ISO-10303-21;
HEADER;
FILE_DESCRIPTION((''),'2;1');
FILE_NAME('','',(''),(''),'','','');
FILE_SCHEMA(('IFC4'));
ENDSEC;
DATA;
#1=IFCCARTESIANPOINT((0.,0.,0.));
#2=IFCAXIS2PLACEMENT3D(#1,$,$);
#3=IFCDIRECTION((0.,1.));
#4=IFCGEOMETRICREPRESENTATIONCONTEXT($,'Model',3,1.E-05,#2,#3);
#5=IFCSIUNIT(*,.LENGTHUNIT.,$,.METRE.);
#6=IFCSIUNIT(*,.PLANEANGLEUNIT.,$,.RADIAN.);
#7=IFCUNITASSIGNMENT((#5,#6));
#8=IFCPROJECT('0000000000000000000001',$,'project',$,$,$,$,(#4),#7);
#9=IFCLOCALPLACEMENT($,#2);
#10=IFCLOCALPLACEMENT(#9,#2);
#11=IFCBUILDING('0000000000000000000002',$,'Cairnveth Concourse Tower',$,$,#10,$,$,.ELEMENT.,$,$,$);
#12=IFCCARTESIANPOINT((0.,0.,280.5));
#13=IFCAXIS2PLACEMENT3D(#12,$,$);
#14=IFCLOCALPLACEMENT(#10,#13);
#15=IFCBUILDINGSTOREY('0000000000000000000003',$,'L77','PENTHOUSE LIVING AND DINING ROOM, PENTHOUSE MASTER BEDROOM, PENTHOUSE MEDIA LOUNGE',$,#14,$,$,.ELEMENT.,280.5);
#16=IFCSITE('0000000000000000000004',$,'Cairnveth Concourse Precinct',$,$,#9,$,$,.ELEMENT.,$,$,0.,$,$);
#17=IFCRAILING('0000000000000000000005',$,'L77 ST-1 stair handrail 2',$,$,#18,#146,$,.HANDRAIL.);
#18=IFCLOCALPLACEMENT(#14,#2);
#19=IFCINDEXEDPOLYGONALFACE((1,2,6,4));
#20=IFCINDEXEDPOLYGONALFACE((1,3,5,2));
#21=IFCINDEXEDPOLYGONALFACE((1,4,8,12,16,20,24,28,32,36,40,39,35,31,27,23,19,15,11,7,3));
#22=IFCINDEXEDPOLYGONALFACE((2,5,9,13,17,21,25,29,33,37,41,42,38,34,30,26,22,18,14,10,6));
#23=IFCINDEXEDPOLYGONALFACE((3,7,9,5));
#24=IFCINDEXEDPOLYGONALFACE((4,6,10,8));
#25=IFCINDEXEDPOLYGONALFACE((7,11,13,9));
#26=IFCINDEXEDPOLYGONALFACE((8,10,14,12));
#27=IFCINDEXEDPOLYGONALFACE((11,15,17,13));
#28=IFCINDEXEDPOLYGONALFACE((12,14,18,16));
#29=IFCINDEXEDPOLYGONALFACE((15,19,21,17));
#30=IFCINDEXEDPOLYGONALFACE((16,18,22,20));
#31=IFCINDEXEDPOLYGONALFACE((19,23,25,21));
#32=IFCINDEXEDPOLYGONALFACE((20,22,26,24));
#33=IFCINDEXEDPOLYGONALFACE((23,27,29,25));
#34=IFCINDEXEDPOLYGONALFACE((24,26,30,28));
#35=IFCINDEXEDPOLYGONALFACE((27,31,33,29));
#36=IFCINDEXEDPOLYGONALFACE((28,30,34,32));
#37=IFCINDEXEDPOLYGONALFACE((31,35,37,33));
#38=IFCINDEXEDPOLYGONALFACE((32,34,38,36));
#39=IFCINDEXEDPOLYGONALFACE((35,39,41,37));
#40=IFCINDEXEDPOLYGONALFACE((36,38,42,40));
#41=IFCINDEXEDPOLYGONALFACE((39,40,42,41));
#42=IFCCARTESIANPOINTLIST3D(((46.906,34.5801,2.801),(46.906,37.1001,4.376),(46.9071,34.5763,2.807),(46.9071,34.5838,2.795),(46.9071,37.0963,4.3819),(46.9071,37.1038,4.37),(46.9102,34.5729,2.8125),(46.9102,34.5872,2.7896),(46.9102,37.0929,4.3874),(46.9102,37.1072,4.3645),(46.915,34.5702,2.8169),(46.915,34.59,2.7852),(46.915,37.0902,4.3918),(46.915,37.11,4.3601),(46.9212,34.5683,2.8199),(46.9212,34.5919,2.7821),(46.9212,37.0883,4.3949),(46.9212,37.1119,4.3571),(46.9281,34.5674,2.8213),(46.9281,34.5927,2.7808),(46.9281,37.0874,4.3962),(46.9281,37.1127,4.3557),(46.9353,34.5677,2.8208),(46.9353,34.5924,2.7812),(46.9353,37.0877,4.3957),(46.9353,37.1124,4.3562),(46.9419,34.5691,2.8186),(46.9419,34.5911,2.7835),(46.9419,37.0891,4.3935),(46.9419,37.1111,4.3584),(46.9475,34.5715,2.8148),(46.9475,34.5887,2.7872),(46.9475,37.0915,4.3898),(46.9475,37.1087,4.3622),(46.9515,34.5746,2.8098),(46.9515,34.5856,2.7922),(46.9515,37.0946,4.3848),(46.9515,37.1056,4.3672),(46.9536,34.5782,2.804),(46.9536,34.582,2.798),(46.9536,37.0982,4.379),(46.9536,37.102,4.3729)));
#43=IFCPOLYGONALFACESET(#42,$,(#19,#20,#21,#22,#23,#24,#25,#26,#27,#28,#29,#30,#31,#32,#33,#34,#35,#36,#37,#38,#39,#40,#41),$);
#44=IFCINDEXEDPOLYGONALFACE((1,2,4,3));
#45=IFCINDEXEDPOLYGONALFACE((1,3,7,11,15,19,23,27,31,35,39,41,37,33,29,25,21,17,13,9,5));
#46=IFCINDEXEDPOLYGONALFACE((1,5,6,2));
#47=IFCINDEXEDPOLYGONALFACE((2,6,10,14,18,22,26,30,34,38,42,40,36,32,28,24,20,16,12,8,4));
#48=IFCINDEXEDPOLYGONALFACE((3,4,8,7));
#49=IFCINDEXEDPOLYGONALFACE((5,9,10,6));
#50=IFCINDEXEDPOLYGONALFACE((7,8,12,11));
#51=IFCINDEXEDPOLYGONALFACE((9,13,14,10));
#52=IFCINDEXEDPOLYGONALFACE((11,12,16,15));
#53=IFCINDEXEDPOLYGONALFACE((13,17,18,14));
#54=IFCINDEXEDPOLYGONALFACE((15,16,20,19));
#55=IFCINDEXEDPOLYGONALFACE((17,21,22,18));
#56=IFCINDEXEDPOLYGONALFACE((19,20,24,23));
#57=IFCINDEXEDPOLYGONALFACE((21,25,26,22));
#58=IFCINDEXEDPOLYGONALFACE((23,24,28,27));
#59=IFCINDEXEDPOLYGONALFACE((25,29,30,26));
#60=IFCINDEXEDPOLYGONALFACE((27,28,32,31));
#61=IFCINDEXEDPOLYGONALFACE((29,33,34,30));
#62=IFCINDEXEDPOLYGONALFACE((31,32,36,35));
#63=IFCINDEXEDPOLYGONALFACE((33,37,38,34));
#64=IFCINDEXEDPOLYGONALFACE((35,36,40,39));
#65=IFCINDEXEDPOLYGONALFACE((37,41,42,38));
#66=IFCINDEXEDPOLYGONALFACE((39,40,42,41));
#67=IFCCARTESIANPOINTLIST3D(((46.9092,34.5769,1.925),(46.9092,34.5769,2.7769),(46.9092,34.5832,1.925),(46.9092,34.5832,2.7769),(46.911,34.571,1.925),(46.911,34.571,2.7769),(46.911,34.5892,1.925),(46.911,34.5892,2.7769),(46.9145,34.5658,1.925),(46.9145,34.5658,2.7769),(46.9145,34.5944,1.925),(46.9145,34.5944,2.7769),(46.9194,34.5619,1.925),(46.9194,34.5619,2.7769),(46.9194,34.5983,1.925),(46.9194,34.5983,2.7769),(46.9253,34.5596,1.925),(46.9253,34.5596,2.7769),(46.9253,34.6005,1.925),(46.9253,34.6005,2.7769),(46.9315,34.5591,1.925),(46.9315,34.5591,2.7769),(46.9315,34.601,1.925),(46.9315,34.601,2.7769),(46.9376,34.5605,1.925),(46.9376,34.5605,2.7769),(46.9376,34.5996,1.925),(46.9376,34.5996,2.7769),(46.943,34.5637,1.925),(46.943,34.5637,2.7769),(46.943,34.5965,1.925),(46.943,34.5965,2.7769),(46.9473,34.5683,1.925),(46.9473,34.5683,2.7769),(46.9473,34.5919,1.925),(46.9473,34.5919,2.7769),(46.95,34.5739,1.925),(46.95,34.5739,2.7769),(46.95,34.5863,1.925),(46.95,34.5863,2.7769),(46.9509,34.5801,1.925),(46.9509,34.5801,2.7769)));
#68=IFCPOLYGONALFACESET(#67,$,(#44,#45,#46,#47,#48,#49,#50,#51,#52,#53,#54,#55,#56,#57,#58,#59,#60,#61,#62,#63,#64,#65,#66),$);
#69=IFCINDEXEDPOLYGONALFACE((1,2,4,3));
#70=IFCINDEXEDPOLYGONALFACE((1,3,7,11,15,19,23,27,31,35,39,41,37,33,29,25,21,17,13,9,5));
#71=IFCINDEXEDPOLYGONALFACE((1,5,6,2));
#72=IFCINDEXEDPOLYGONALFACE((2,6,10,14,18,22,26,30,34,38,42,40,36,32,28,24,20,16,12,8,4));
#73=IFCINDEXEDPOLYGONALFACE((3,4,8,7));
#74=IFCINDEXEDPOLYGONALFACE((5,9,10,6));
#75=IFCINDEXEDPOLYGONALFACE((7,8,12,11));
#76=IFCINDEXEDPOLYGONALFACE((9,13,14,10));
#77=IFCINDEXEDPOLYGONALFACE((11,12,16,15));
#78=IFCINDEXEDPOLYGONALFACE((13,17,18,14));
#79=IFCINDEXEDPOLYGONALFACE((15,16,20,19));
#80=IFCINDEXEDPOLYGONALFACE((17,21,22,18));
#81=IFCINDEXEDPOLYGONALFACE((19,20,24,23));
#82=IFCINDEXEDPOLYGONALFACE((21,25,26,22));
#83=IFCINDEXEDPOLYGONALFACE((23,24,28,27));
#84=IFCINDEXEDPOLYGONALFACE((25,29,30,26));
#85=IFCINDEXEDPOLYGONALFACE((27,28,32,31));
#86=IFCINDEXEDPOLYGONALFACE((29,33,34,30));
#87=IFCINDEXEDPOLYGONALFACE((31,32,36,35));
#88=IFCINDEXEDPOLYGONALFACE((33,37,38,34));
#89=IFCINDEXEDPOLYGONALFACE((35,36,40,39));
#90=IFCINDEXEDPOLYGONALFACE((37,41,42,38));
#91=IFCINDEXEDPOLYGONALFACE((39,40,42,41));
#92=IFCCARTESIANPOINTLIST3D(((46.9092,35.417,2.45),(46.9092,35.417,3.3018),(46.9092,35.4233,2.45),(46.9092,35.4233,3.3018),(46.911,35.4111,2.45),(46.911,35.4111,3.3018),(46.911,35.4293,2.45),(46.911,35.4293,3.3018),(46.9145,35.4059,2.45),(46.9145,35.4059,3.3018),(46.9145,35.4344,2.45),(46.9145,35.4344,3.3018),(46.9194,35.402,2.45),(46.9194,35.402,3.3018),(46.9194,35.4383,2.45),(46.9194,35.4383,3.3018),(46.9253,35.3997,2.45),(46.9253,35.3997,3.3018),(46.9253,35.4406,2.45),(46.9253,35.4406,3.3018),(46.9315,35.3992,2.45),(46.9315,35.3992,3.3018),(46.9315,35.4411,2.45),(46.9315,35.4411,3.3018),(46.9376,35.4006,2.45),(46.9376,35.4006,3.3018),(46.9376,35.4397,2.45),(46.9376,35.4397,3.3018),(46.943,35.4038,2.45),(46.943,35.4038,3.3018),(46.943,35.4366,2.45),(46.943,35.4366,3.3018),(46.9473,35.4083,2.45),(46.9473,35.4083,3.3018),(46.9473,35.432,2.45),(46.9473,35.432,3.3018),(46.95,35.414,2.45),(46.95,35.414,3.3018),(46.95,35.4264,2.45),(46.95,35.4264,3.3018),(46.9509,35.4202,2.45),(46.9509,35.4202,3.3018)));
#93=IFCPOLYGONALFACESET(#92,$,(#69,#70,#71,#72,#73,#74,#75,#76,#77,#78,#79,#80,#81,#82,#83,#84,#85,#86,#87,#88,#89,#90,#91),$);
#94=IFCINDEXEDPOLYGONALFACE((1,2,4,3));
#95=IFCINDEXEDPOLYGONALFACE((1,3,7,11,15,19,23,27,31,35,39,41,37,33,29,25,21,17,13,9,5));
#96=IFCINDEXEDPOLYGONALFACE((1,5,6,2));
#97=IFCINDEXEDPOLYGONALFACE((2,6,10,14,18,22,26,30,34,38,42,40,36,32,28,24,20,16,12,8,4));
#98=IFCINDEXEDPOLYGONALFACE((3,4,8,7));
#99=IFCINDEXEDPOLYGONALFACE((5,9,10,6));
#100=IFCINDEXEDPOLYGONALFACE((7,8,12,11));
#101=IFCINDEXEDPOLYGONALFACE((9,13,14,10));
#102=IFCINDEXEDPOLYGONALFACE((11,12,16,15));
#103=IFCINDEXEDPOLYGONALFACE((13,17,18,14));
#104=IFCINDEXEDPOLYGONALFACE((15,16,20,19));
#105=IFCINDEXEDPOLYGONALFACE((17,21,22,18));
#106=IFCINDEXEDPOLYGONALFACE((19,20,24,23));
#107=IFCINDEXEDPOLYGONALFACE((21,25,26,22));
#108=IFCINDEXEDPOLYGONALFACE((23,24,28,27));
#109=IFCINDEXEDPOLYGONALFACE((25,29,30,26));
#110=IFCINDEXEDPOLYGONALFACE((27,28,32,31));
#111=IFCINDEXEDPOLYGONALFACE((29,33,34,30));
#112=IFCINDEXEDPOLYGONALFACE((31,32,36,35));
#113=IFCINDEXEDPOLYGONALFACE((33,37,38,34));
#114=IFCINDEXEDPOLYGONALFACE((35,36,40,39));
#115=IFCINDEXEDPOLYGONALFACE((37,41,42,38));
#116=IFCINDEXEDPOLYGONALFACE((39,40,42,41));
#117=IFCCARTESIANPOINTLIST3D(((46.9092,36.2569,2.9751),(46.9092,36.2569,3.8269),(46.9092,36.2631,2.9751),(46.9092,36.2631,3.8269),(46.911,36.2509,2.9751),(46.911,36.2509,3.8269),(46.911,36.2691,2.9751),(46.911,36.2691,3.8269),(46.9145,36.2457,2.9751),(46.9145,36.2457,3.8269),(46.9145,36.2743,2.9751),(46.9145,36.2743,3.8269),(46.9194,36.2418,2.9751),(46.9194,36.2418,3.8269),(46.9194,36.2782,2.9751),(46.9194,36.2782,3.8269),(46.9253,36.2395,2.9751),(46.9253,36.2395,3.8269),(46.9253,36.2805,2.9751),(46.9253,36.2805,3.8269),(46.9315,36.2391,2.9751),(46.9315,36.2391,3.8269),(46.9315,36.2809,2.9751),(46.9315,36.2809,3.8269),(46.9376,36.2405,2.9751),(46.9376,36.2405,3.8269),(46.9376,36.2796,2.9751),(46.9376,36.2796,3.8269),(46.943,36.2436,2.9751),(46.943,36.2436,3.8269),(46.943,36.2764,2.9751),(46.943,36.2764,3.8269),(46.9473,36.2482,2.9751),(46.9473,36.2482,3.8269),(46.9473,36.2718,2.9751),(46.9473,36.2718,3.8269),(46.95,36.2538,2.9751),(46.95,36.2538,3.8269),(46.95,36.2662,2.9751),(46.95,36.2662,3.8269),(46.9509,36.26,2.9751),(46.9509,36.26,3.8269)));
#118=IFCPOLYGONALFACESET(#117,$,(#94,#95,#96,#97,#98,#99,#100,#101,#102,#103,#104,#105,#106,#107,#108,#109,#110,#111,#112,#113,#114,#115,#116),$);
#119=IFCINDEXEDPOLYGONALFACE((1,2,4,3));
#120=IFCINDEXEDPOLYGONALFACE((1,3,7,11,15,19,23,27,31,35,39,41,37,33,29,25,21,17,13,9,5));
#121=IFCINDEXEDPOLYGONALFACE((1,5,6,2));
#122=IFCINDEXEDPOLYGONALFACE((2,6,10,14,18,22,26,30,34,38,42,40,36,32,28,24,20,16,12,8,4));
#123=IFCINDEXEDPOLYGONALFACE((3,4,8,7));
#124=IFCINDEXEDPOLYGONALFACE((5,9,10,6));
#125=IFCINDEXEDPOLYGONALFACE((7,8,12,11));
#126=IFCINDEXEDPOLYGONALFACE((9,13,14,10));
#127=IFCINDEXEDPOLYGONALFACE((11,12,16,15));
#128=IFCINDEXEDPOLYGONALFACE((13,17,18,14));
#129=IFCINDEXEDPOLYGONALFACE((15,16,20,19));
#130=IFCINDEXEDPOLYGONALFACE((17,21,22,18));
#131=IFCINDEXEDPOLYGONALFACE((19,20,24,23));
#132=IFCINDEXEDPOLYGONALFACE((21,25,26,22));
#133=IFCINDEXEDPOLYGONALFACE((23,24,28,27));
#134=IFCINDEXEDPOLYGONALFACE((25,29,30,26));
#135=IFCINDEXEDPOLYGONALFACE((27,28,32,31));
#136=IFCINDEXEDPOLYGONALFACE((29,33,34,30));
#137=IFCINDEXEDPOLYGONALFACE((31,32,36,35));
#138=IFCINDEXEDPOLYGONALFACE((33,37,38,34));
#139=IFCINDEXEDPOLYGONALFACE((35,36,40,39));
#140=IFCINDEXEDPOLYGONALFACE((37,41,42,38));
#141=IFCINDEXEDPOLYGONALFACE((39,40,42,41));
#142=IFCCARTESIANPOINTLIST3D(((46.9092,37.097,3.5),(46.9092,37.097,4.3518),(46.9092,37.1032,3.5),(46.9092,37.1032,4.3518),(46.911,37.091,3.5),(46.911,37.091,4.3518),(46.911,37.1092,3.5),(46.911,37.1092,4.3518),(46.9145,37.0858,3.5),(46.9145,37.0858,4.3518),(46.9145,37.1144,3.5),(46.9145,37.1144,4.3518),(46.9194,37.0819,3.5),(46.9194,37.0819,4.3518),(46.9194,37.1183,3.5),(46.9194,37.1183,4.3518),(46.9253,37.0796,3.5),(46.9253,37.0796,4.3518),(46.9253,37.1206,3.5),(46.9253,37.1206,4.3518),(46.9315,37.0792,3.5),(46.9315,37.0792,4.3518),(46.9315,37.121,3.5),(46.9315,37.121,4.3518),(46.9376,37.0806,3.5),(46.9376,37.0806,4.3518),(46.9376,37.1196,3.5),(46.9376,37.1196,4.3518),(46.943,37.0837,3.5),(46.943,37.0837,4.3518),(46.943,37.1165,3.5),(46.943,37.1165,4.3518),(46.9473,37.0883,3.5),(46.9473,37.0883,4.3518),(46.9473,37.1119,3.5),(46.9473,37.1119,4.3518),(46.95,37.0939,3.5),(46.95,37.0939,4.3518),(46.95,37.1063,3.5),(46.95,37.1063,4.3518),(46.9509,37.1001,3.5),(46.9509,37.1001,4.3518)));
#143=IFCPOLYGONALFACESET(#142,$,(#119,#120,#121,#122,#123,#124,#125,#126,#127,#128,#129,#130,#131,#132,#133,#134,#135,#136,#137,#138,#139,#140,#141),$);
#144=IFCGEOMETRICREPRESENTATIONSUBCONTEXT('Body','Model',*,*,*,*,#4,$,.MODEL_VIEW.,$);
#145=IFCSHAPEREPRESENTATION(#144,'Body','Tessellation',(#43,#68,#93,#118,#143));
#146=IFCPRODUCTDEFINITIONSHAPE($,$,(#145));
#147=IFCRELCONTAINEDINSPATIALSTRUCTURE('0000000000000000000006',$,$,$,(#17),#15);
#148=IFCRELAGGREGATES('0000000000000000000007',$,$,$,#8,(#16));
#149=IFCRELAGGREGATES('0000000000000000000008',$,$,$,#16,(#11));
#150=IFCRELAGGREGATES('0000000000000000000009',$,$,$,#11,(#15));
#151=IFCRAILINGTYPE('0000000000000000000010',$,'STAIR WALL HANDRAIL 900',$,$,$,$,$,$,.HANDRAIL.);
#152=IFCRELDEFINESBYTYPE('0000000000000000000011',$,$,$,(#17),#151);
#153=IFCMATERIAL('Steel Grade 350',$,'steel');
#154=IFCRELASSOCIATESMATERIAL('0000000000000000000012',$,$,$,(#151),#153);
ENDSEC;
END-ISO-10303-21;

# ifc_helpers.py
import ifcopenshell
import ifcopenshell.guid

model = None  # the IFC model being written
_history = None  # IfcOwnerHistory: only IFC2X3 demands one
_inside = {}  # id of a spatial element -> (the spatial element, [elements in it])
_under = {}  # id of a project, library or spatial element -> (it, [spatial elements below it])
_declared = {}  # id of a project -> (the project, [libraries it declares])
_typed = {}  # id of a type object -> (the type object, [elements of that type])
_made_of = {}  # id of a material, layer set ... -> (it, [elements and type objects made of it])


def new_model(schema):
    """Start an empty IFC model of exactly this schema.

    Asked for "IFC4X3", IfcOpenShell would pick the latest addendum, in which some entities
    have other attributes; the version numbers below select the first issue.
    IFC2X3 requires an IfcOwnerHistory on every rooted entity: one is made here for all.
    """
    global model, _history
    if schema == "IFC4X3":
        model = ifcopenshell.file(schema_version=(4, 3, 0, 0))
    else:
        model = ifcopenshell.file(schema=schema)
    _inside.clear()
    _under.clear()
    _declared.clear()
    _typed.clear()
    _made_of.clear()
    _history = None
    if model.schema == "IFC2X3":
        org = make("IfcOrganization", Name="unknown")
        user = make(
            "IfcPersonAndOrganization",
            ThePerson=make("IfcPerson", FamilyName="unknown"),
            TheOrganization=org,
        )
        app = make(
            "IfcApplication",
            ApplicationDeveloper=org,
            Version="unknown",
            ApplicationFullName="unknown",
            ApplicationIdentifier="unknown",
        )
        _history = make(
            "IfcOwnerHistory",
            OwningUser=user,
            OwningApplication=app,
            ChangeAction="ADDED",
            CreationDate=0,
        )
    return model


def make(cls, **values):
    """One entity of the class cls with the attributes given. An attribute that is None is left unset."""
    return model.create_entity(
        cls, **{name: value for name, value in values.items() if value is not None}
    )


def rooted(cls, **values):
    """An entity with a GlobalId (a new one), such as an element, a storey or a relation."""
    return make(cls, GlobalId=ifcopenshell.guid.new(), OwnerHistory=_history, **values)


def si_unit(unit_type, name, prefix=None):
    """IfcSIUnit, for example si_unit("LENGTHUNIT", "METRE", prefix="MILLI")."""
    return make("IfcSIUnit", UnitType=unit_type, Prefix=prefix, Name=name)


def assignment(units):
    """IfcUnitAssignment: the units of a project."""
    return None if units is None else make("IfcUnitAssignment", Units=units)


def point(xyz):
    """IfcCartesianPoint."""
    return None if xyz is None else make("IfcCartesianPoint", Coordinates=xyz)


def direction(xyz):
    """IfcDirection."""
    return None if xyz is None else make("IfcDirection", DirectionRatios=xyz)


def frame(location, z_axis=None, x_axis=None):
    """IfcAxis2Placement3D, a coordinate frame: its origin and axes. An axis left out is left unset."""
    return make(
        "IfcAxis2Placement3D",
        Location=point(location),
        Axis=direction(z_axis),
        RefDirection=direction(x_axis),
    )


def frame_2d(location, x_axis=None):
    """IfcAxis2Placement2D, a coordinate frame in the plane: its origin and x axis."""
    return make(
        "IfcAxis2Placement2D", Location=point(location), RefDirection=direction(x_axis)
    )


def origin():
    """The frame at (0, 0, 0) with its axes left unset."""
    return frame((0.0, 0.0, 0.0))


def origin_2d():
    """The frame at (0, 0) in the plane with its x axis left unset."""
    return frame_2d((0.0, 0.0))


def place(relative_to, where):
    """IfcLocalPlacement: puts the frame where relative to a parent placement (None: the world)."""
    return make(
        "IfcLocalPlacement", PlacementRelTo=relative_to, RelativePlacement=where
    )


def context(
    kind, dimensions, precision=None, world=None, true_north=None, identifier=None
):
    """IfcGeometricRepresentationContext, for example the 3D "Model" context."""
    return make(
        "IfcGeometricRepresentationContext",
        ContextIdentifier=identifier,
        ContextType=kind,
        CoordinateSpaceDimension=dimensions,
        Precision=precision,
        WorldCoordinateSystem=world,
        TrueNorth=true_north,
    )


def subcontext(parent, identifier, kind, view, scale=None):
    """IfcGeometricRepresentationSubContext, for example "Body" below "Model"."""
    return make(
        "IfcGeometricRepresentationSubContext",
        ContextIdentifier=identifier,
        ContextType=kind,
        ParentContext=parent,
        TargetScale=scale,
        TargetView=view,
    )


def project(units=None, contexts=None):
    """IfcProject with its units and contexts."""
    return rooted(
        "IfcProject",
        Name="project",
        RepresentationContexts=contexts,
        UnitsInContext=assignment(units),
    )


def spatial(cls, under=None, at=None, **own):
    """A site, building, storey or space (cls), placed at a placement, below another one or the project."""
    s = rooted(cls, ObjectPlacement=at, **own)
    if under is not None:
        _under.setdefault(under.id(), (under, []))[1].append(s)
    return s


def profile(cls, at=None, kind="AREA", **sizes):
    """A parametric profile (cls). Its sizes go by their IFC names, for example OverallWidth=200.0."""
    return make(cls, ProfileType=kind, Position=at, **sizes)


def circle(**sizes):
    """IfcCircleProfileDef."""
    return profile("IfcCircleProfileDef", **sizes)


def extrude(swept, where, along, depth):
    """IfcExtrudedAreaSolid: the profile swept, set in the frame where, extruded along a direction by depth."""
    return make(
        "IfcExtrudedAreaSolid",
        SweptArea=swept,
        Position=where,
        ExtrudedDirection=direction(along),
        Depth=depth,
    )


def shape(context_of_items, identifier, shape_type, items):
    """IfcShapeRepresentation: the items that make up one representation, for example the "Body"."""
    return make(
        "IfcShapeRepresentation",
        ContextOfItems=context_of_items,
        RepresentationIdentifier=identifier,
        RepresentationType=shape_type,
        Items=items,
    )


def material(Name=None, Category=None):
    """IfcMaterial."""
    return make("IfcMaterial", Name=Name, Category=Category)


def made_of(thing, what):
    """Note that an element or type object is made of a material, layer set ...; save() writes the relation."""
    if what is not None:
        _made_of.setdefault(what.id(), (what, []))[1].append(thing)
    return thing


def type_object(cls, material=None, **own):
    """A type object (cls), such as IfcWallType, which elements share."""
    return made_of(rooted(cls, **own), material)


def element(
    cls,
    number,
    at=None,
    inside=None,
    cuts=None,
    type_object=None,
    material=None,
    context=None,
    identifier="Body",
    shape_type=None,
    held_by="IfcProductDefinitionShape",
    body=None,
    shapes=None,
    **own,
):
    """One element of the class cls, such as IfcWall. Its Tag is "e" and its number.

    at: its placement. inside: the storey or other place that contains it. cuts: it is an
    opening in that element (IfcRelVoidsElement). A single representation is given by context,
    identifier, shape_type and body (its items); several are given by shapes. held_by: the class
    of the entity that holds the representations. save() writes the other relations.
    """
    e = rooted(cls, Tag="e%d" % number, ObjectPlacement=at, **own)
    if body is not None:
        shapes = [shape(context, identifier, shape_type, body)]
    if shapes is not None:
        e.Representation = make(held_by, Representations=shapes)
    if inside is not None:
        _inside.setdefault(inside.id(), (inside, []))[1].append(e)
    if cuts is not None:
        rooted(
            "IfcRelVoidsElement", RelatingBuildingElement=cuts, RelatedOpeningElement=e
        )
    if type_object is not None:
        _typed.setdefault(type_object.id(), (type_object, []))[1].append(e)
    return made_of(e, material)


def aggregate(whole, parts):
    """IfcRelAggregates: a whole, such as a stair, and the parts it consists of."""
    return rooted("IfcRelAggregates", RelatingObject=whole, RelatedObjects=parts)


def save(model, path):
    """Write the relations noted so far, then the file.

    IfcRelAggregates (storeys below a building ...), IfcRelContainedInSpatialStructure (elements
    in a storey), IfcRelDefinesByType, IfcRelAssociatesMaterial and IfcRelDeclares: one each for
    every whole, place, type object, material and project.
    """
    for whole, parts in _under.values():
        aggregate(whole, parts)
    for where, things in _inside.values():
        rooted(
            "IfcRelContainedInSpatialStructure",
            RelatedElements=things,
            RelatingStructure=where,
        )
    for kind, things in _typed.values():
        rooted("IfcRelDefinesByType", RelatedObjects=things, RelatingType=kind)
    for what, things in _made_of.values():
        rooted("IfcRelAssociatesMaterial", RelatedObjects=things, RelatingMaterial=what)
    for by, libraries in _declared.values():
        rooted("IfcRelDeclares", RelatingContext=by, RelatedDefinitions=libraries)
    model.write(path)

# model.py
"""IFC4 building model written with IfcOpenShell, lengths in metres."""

from ifc_helpers import new_model, si_unit, direction, frame, origin, origin_2d, place, context, subcontext, project, spatial, circle, extrude, material, type_object, element, save


model = new_model("IFC4")

# Units and contexts
model_context = context("Model", 3, precision=1e-05, world=origin(), true_north=direction((0.0, 1.0)))
body_context = subcontext(model_context, "Body", "Model", "MODEL_VIEW")
ifc_project = project(units=[si_unit("LENGTHUNIT", "METRE"), si_unit("PLANEANGLEUNIT", "RADIAN")], contexts=[model_context])

# Site, building, storey
site_placement = place(None, origin())
site = spatial("IfcSite", under=ifc_project, at=site_placement, Name="Cairnveth Concourse Precinct", CompositionType="ELEMENT", RefElevation=0.0)
building_placement = place(site_placement, origin())
building = spatial("IfcBuilding", under=site, at=building_placement, Name="Cairnveth Concourse Tower", CompositionType="ELEMENT")
storey_placement = place(building_placement, frame((0.0, 0.0, 280.5)))
storey = spatial("IfcBuildingStorey", under=building, at=storey_placement, Name="L77", Description="PENTHOUSE LIVING AND DINING ROOM, PENTHOUSE MASTER BEDROOM, PENTHOUSE MEDIA LOUNGE", CompositionType="ELEMENT", Elevation=280.5)

# Shared definitions
ifc_material_1 = material(Name="Steel Grade 350", Category="steel")

# Railing
railing_type_1 = type_object("IfcRailingType", Name="STAIR WALL HANDRAIL 900", PredefinedType="HANDRAIL", material=ifc_material_1)
railing_1_placement = place(storey_placement, frame((46.9299, 34.5801, 1.925)))
element("IfcRailing", 1, at=railing_1_placement, inside=storey, type_object=railing_type_1, Name="L77 ST-1 stair handrail 2", PredefinedType="HANDRAIL", context=body_context, shape_type="SweptSolid", body=[
    extrude(circle(Radius=0.0239, at=origin_2d()), frame((0.0, 0.0, 0.876), z_axis=(0.0, 0.848008, 0.529984), x_axis=(-1.0, 0.0, 0.0)), (0.0, 0.0, 1.0), 2.9717),
    extrude(circle(Radius=0.021, at=origin_2d()), origin(), (0.0, 0.0, 1.0), 0.8518),
    extrude(circle(Radius=0.021, at=origin_2d()), frame((0.0, 0.8401, 0.5249)), (0.0, 0.0, 1.0), 0.8518),
    extrude(circle(Radius=0.021, at=origin_2d()), frame((0.0, 1.6799, 1.05)), (0.0, 0.0, 1.0), 0.8518),
    extrude(circle(Radius=0.021, at=origin_2d()), frame((0.0, 2.52, 1.575)), (0.0, 0.0, 1.0), 0.8518),
])

save(model, "model.ifc")
